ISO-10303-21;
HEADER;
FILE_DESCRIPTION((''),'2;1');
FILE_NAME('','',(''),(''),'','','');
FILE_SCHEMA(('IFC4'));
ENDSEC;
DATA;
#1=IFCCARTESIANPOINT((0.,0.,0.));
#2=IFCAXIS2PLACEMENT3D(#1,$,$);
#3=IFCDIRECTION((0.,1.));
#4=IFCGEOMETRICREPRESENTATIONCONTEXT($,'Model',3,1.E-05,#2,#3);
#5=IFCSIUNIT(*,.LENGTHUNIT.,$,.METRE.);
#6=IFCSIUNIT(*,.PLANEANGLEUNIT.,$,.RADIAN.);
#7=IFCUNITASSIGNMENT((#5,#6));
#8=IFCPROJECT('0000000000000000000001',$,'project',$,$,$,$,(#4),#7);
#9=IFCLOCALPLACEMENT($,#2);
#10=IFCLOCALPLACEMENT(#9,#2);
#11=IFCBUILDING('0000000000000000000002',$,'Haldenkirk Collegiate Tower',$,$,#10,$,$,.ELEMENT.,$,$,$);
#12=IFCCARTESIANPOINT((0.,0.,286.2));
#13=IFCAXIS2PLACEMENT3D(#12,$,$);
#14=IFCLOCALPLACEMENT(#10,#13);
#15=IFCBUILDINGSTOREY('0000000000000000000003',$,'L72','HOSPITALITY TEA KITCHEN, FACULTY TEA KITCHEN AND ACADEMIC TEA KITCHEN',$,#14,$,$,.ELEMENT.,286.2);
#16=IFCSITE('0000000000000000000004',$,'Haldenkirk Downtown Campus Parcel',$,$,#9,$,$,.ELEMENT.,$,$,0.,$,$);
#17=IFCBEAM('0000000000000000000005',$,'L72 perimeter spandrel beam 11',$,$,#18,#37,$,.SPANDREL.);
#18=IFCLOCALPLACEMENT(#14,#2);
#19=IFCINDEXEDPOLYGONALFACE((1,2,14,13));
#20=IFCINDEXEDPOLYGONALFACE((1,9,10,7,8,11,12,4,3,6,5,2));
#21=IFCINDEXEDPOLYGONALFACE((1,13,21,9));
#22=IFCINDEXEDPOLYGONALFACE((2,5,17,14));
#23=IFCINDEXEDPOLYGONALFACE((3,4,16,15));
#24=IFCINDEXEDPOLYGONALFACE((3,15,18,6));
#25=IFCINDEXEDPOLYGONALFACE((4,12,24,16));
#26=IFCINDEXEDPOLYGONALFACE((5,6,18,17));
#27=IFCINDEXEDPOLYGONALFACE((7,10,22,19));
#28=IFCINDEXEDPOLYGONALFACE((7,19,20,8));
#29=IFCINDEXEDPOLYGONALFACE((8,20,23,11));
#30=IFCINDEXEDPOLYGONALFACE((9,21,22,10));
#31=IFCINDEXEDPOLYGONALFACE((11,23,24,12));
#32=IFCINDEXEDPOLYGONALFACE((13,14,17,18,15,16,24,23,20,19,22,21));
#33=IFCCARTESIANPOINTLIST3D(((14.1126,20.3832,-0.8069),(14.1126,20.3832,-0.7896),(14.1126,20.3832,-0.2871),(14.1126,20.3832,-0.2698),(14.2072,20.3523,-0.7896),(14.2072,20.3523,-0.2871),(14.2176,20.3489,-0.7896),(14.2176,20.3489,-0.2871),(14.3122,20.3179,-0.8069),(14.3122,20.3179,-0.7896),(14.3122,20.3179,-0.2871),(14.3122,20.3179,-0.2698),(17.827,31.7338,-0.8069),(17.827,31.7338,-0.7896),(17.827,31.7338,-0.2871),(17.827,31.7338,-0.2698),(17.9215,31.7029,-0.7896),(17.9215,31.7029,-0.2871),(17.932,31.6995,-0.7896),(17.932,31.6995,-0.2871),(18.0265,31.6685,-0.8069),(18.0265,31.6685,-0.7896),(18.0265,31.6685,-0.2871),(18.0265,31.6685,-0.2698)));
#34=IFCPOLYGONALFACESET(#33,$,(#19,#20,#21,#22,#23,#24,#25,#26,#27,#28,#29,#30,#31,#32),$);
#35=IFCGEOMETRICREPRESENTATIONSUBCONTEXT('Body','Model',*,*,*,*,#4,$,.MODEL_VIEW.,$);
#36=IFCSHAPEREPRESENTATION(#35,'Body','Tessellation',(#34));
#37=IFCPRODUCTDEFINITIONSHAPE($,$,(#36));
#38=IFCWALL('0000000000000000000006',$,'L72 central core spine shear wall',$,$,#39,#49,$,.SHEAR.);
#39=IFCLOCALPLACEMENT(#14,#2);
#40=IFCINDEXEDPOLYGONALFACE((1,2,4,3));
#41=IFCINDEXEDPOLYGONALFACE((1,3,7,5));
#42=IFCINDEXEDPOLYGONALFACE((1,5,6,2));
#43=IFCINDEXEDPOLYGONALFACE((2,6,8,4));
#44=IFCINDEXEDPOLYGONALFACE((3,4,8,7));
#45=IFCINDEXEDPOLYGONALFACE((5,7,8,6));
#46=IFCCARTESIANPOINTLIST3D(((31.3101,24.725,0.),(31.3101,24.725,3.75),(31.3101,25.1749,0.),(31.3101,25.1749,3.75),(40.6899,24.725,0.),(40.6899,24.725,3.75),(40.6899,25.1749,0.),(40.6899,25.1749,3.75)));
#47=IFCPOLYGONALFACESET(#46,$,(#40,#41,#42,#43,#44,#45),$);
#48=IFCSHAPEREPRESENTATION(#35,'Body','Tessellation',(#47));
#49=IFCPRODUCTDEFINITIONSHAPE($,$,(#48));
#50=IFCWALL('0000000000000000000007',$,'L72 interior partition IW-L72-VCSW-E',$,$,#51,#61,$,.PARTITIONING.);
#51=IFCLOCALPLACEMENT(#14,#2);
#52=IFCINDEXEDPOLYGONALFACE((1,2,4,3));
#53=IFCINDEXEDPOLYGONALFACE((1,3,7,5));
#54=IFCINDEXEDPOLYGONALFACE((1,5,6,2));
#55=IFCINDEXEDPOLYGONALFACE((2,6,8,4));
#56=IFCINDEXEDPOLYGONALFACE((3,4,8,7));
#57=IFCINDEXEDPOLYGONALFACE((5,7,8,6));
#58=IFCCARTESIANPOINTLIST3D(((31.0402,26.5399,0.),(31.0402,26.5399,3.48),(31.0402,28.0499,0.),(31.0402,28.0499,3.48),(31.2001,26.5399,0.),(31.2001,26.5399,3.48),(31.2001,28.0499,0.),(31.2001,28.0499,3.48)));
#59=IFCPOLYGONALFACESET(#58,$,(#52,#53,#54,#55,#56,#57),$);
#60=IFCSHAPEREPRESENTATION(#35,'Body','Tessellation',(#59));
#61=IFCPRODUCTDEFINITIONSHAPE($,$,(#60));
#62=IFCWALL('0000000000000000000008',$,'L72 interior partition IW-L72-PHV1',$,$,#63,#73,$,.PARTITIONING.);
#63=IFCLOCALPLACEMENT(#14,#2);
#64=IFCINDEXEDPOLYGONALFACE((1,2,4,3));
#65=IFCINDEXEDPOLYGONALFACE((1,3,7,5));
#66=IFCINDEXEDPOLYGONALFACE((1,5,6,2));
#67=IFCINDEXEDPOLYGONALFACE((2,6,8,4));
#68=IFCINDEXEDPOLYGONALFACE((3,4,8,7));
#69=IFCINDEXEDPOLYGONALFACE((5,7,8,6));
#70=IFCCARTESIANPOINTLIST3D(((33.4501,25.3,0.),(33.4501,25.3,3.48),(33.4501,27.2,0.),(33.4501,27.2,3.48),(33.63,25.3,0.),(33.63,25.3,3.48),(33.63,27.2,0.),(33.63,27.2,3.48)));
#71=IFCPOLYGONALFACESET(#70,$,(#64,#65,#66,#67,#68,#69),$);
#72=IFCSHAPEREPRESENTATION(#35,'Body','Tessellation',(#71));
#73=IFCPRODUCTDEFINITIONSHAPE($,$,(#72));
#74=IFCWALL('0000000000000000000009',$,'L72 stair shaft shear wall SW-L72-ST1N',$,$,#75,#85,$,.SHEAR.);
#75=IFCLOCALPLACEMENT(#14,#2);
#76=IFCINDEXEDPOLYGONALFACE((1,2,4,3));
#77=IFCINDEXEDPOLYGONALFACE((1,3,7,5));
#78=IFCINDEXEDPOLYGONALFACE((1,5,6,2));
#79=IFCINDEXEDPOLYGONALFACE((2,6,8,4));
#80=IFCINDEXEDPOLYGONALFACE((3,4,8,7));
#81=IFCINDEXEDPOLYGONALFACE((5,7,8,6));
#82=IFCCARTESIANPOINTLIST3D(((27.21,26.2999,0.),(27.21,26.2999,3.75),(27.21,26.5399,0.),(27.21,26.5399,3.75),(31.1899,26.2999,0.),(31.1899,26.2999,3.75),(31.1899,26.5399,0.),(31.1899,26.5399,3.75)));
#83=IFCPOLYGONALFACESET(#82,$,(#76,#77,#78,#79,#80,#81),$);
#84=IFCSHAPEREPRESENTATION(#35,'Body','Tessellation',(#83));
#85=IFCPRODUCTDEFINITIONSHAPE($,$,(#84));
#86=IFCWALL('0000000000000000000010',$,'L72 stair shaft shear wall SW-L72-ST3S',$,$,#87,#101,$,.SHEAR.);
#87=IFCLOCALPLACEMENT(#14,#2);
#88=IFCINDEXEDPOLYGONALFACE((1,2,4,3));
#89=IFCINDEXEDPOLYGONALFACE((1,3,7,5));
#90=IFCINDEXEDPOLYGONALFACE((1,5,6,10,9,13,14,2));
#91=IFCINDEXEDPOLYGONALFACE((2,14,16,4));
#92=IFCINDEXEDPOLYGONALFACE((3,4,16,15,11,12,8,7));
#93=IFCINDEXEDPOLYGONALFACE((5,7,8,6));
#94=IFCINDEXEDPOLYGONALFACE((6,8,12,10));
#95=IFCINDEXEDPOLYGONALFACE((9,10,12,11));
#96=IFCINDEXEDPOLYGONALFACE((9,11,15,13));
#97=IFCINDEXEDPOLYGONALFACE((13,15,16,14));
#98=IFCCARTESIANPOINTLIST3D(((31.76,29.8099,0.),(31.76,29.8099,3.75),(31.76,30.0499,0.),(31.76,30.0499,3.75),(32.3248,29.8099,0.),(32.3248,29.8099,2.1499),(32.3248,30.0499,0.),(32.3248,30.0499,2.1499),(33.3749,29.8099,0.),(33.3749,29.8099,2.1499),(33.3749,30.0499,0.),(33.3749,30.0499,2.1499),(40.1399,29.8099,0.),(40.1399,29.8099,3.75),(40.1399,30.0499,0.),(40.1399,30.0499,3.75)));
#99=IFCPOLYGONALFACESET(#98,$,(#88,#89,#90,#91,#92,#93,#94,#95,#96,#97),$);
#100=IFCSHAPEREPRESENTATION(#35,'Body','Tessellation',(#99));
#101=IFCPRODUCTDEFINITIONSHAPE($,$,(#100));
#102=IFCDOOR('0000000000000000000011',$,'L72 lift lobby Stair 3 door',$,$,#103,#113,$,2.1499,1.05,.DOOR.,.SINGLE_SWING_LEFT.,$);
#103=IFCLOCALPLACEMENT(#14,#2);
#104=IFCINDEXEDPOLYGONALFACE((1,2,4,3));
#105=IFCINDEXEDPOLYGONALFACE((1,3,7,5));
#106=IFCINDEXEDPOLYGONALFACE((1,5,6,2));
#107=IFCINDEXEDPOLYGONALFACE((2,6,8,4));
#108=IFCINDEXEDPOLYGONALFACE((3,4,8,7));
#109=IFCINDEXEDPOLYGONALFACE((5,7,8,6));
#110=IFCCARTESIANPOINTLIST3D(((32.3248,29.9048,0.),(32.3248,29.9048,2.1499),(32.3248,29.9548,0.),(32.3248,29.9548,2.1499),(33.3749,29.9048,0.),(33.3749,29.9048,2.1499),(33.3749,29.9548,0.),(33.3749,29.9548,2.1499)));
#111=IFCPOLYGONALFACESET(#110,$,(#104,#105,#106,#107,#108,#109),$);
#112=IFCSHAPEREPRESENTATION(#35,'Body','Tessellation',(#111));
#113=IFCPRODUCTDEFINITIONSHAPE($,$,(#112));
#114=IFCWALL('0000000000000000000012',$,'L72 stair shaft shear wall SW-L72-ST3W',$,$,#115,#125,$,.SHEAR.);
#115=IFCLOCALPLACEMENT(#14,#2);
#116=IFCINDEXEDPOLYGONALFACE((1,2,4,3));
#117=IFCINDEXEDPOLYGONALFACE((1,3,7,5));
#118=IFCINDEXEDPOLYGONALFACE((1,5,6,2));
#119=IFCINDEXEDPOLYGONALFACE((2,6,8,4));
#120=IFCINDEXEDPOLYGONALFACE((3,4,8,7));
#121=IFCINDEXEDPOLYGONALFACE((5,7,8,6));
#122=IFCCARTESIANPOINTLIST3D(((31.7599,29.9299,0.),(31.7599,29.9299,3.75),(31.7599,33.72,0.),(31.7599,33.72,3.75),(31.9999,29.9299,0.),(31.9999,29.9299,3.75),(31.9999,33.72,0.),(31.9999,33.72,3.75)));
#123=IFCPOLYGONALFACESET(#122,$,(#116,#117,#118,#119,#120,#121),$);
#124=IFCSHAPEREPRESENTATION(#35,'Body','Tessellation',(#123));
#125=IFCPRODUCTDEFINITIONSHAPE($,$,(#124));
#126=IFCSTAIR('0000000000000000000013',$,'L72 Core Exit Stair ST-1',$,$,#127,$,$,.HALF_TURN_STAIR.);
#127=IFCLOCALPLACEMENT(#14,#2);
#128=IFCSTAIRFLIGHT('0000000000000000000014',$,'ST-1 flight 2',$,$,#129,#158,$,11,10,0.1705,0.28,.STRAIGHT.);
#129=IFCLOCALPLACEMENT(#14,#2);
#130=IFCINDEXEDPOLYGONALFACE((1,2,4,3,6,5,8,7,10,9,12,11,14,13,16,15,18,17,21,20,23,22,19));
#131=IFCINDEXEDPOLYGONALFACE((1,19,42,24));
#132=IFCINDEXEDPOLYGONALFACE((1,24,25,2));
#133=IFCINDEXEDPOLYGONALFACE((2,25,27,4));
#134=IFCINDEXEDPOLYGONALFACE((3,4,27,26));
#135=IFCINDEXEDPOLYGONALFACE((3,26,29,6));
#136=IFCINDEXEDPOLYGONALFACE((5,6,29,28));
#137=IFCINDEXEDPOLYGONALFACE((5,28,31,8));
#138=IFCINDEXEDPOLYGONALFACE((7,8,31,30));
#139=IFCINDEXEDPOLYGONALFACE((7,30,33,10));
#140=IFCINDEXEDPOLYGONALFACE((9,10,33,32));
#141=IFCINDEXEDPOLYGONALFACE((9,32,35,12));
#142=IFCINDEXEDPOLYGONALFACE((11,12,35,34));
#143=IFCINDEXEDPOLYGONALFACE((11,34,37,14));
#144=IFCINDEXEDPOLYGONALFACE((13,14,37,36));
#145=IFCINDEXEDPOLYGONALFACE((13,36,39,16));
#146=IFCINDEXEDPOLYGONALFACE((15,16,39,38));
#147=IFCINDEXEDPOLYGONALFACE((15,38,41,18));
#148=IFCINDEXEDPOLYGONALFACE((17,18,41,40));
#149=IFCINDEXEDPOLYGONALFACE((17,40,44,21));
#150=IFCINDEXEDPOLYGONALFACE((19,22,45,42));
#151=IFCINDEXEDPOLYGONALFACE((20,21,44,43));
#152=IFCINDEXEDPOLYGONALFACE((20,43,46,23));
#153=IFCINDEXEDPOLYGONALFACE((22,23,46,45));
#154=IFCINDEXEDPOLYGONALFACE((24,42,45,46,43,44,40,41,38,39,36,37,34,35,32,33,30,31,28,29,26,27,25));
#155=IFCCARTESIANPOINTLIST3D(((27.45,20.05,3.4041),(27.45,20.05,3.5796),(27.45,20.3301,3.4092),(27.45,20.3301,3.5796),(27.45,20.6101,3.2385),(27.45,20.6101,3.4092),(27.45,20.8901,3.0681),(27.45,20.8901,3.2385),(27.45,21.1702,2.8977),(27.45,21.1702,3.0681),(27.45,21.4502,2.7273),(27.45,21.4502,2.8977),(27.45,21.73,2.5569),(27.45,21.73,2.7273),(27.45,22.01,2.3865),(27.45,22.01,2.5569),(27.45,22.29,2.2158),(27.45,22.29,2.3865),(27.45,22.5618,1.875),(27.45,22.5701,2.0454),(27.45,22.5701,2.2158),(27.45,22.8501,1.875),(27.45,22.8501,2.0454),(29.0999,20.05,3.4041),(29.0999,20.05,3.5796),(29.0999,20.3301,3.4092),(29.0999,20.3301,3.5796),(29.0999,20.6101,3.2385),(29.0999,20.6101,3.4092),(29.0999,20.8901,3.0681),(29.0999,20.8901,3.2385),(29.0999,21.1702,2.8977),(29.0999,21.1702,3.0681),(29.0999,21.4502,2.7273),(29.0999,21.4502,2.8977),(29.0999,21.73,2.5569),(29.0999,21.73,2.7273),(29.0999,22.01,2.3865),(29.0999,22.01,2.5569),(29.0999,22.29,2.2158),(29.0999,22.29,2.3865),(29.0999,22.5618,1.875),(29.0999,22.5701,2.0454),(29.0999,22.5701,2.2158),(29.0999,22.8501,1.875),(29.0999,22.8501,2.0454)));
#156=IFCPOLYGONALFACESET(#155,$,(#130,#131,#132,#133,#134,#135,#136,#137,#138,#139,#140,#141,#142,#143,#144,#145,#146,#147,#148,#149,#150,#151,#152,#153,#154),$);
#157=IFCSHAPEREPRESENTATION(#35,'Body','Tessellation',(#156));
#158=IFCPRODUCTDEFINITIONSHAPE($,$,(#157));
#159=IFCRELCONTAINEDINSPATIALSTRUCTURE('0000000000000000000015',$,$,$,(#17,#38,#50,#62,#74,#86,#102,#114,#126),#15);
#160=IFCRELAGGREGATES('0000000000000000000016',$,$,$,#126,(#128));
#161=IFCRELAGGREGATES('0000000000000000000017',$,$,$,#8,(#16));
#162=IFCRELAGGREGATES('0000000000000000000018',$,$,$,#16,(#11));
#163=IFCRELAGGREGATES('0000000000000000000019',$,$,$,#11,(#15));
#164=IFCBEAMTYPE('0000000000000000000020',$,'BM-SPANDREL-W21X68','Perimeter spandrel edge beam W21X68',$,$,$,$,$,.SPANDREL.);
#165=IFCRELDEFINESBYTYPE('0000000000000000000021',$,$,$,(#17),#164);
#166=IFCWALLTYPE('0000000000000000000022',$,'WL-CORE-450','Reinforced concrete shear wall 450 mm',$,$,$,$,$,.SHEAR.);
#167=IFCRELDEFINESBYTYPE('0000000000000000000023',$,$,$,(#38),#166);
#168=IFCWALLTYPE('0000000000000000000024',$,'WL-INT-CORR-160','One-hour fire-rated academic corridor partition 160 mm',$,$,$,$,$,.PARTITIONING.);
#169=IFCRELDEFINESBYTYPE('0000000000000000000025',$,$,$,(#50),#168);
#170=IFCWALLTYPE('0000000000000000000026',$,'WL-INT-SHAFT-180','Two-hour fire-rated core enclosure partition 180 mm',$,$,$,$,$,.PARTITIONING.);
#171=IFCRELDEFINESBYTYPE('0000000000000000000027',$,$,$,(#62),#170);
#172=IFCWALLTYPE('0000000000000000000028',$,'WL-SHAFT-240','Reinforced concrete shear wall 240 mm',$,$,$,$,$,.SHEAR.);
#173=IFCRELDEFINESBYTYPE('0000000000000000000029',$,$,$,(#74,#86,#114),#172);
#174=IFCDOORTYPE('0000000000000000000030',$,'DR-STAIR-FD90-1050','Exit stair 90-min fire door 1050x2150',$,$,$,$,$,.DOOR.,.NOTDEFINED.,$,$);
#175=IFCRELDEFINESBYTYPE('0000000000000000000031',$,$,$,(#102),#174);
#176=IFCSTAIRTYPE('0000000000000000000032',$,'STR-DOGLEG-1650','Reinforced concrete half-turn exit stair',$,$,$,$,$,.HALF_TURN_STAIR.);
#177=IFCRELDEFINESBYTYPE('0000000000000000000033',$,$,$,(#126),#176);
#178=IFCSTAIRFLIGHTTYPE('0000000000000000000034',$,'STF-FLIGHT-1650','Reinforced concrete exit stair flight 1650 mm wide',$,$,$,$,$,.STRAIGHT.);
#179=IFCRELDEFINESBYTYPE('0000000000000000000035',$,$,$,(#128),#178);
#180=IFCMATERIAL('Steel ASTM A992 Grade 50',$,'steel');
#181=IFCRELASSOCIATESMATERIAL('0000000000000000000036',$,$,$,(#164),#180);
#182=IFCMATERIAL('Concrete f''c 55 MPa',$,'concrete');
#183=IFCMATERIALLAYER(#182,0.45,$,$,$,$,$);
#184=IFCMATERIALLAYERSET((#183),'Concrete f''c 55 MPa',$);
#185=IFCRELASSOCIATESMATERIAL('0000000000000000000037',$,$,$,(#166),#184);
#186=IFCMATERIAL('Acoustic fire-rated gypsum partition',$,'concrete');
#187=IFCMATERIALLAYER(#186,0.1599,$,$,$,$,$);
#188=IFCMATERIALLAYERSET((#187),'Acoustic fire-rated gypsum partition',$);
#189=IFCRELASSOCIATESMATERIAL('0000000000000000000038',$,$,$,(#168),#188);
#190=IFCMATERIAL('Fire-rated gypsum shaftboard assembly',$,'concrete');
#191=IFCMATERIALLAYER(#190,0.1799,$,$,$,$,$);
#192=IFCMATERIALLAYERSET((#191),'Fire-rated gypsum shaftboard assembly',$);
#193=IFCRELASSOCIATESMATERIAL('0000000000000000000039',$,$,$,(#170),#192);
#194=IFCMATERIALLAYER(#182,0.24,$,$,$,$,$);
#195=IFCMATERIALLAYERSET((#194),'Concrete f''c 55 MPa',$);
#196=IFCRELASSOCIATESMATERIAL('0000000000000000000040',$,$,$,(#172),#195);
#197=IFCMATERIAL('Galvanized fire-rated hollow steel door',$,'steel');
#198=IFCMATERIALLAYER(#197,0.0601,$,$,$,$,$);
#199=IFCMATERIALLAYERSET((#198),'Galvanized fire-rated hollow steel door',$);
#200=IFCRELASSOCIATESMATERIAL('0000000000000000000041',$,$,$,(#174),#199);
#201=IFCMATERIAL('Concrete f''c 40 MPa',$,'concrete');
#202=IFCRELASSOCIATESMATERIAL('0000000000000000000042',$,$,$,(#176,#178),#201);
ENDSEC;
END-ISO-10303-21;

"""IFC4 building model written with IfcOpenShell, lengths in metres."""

from ifc_helpers import new_model, si_unit, direction, frame, frame_2d, origin, origin_2d, place, context, subcontext, project, spatial, polyline, rectangle, i_section, outline, extrude, material, layer, layer_set, material_profile, profile_set, type_object, element, fill, aggregate, save


model = new_model("IFC4")

# Units and contexts
model_context = context("Model", 3, precision=1e-05, world=origin(), true_north=direction((0.0, 1.0)))
body_context = subcontext(model_context, "Body", "Model", "MODEL_VIEW")
ifc_project = project(units=[si_unit("LENGTHUNIT", "METRE"), si_unit("PLANEANGLEUNIT", "RADIAN")], contexts=[model_context])

# Site, building, storey
site_placement = place(None, origin())
site = spatial("IfcSite", under=ifc_project, at=site_placement, Name="Haldenkirk Downtown Campus Parcel", CompositionType="ELEMENT", RefElevation=0.0)
building_placement = place(site_placement, origin())
building = spatial("IfcBuilding", under=site, at=building_placement, Name="Haldenkirk Collegiate Tower", CompositionType="ELEMENT")
storey_placement = place(building_placement, frame((0.0, 0.0, 286.2)))
storey = spatial("IfcBuildingStorey", under=building, at=storey_placement, Name="L72", Description="HOSPITALITY TEA KITCHEN, FACULTY TEA KITCHEN AND ACADEMIC TEA KITCHEN", CompositionType="ELEMENT", Elevation=286.2)

# Beam
ifc_material_1 = material(Name="Steel ASTM A992 Grade 50", Category="steel")
ifc_material_profile = material_profile(ifc_material_1, i_section(OverallWidth=0.21, OverallDepth=0.5371, WebThickness=0.011, FlangeThickness=0.0173, at=origin_2d()), Name="W21X68")
ifc_profile_set = profile_set([ifc_material_profile], Name="Steel ASTM A992 Grade 50")
beam_type = type_object("IfcBeamType", Name="BM-SPANDREL-W21X68", Description="Perimeter spandrel edge beam W21X68", PredefinedType="SPANDREL", material=ifc_profile_set)
beam_placement = place(storey_placement, frame((17.9268, 31.7012, -0.5383), z_axis=(-0.31101, -0.950407, 0.0), x_axis=(0.950407, -0.31101, 0.0)))
element("IfcBeam", 1, at=beam_placement, inside=storey, type_object=beam_type, Name="L72 perimeter spandrel beam 11", PredefinedType="SPANDREL", context=body_context, shape_type="SweptSolid", body=[
    extrude(i_section(OverallWidth=0.21, OverallDepth=0.5371, WebThickness=0.011, FlangeThickness=0.0173, at=origin_2d()), origin(), (0.0, 0.0, 1.0), 11.9429),
])

# Wall
ifc_material_2 = material(Name="Concrete f'c 55 MPa", Category="concrete")
ifc_layer_1 = layer(ifc_material_2, 0.45)
ifc_layer_set_1 = layer_set([ifc_layer_1], Name="Concrete f'c 55 MPa")
wall_type_1 = type_object("IfcWallType", Name="WL-CORE-450", Description="Reinforced concrete shear wall 450 mm", PredefinedType="SHEAR", material=ifc_layer_set_1)
wall_1_placement = place(storey_placement, frame((31.3101, 24.95, 0.0), z_axis=(0.0, 0.0, 1.0), x_axis=(1.0, 0.0, 0.0)))
element("IfcWall", 2, at=wall_1_placement, inside=storey, type_object=wall_type_1, Name="L72 central core spine shear wall", PredefinedType="SHEAR", context=body_context, shape_type="SweptSolid", body=[
    extrude(rectangle(XDim=9.3799, YDim=0.45, at=frame_2d((4.6899, 0.0))), origin(), (0.0, 0.0, 1.0), 3.75),
])

# Shared definitions
ifc_material_3 = material(Name="Acoustic fire-rated gypsum partition", Category="concrete")
ifc_layer_2 = layer(ifc_material_3, 0.1599)
ifc_layer_set_2 = layer_set([ifc_layer_2], Name="Acoustic fire-rated gypsum partition")
wall_type_2 = type_object("IfcWallType", Name="WL-INT-CORR-160", Description="One-hour fire-rated academic corridor partition 160 mm", PredefinedType="PARTITIONING", material=ifc_layer_set_2)

# Wall
wall_2_placement = place(storey_placement, frame((31.1201, 26.54, 0.0), z_axis=(0.0, 0.0, 1.0), x_axis=(0.0, 1.0, 0.0)))
element("IfcWall", 3, at=wall_2_placement, inside=storey, type_object=wall_type_2, Name="L72 interior partition IW-L72-VCSW-E", PredefinedType="PARTITIONING", context=body_context, shape_type="SweptSolid", body=[
    extrude(rectangle(XDim=1.51, YDim=0.1599, at=frame_2d((0.7549, 0.0))), origin(), (0.0, 0.0, 1.0), 3.48),
])

# Shared definitions
ifc_material_4 = material(Name="Fire-rated gypsum shaftboard assembly", Category="concrete")
ifc_layer_3 = layer(ifc_material_4, 0.1799)
ifc_layer_set_3 = layer_set([ifc_layer_3], Name="Fire-rated gypsum shaftboard assembly")
wall_type_3 = type_object("IfcWallType", Name="WL-INT-SHAFT-180", Description="Two-hour fire-rated core enclosure partition 180 mm", PredefinedType="PARTITIONING", material=ifc_layer_set_3)

# Wall
wall_3_placement = place(storey_placement, frame((33.54, 25.3, 0.0), z_axis=(0.0, 0.0, 1.0), x_axis=(0.0, 1.0, 0.0)))
element("IfcWall", 4, at=wall_3_placement, inside=storey, type_object=wall_type_3, Name="L72 interior partition IW-L72-PHV1", PredefinedType="PARTITIONING", context=body_context, shape_type="SweptSolid", body=[
    extrude(rectangle(XDim=1.8999, YDim=0.1799, at=frame_2d((0.95, 0.0))), origin(), (0.0, 0.0, 1.0), 3.48),
])

# Shared definitions
ifc_material_5 = material(Name="Galvanized fire-rated hollow steel door", Category="steel")

# Wall
ifc_layer_4 = layer(ifc_material_2, 0.24)
ifc_layer_set_4 = layer_set([ifc_layer_4], Name="Concrete f'c 55 MPa")
wall_type_4 = type_object("IfcWallType", Name="WL-SHAFT-240", Description="Reinforced concrete shear wall 240 mm", PredefinedType="SHEAR", material=ifc_layer_set_4)
wall_4_placement = place(storey_placement, frame((27.21, 26.4199, 0.0), z_axis=(0.0, 0.0, 1.0), x_axis=(1.0, 0.0, 0.0)))
element("IfcWall", 5, at=wall_4_placement, inside=storey, type_object=wall_type_4, Name="L72 stair shaft shear wall SW-L72-ST1N", PredefinedType="SHEAR", context=body_context, shape_type="SweptSolid", body=[
    extrude(rectangle(XDim=3.98, YDim=0.24, at=frame_2d((1.99, 0.0))), origin(), (0.0, 0.0, 1.0), 3.75),
])

# Wall, opening, door
wall_5_placement = place(storey_placement, frame((31.76, 29.9299, 0.0), z_axis=(0.0, 0.0, 1.0), x_axis=(1.0, 0.0, 0.0)))
wall_5 = element("IfcWall", 6, at=wall_5_placement, inside=storey, type_object=wall_type_4, Name="L72 stair shaft shear wall SW-L72-ST3S", PredefinedType="SHEAR", context=body_context, shape_type="SweptSolid", body=[
    extrude(rectangle(XDim=8.3799, YDim=0.24, at=frame_2d((4.1899, 0.0))), origin(), (0.0, 0.0, 1.0), 3.75),
])
opening_1_placement = place(wall_5_placement, frame((0.5649, 0.0, 0.0)))
opening_1 = element("IfcOpeningElement", 7, at=opening_1_placement, cuts=wall_5, PredefinedType="OPENING", context=body_context, shape_type="SweptSolid", body=[
    extrude(rectangle(XDim=1.05, YDim=2.1499, at=frame_2d((0.5249, 1.075))), frame((0.0, 0.1299, 0.0), z_axis=(0.0, -1.0, 0.0), x_axis=(1.0, 0.0, 0.0)), (0.0, 0.0, 1.0), 0.26),
])
ifc_layer_5 = layer(ifc_material_5, 0.0601)
ifc_layer_set_5 = layer_set([ifc_layer_5], Name="Galvanized fire-rated hollow steel door")
door_type_1 = type_object("IfcDoorType", Name="DR-STAIR-FD90-1050", Description="Exit stair 90-min fire door 1050x2150", OperationType="NOTDEFINED", PredefinedType="DOOR", material=ifc_layer_set_5)
door_1_placement = place(opening_1_placement, origin())
door_1 = element("IfcDoor", 8, at=door_1_placement, inside=storey, type_object=door_type_1, Name="L72 lift lobby Stair 3 door", OperationType="SINGLE_SWING_LEFT", OverallHeight=2.1499, OverallWidth=1.05, PredefinedType="DOOR", context=body_context, shape_type="SweptSolid", body=[
    extrude(rectangle(XDim=1.05, YDim=2.1499, at=frame_2d((0.5249, 1.075))), frame((0.0, 0.0249, 0.0), z_axis=(0.0, -1.0, 0.0), x_axis=(1.0, 0.0, 0.0)), (0.0, 0.0, 1.0), 0.05),
])
fill(opening_1, door_1)

# Wall
wall_6_placement = place(storey_placement, frame((31.8799, 29.9299, 0.0), z_axis=(0.0, 0.0, 1.0), x_axis=(0.0, 1.0, 0.0)))
element("IfcWall", 9, at=wall_6_placement, inside=storey, type_object=wall_type_4, Name="L72 stair shaft shear wall SW-L72-ST3W", PredefinedType="SHEAR", context=body_context, shape_type="SweptSolid", body=[
    extrude(rectangle(XDim=3.79, YDim=0.24, at=frame_2d((1.895, 0.0))), origin(), (0.0, 0.0, 1.0), 3.75),
])

# Stair, stair flight
ifc_material_6 = material(Name="Concrete f'c 40 MPa", Category="concrete")
stair_type = type_object("IfcStairType", Name="STR-DOGLEG-1650", Description="Reinforced concrete half-turn exit stair", PredefinedType="HALF_TURN_STAIR", material=ifc_material_6)
stair_placement = place(storey_placement, origin())
stair = element("IfcStair", 10, at=stair_placement, inside=storey, type_object=stair_type, Name="L72 Core Exit Stair ST-1", PredefinedType="HALF_TURN_STAIR")
stair_flight_type = type_object("IfcStairFlightType", Name="STF-FLIGHT-1650", Description="Reinforced concrete exit stair flight 1650 mm wide", PredefinedType="STRAIGHT", material=ifc_material_6)
stair_flight_placement = place(storey_placement, frame((28.2749, 22.8501, 1.875), z_axis=(0.0, 0.0, 1.0), x_axis=(0.0, -1.0, 0.0)))
stair_flight = element("IfcStairFlight", 11, at=stair_flight_placement, type_object=stair_flight_type, Name="ST-1 flight 2", NumberOfRisers=11, NumberOfTreads=10, PredefinedType="STRAIGHT", RiserHeight=0.1705, TreadLength=0.28, context=body_context, shape_type="SweptSolid", body=[
    extrude(outline(polyline([(0.0, 0.0), (0.0, 0.1704), (0.28, 0.1704), (0.28, 0.3408), (0.5601, 0.3408), (0.5601, 0.5115), (0.8401, 0.5115), (0.8401, 0.6819), (1.1201, 0.6819), (1.1201, 0.8523), (1.3999, 0.8523), (1.3999, 1.0227), (1.6799, 1.0227), (1.6799, 1.1931), (1.96, 1.1931), (1.96, 1.3635), (2.24, 1.3635), (2.24, 1.5342), (2.52, 1.5342), (2.52, 1.7046), (2.8, 1.7046), (2.8, 1.875), (2.8, 1.5291), (0.2883, 0.0), (0.0, 0.0)])), frame((0.0, 0.825, 0.0), z_axis=(0.0, -1.0, 0.0), x_axis=(1.0, 0.0, 0.0)), (0.0, 0.0, 1.0), 1.6499),
])
aggregate(stair, [stair_flight])

save(model, "model.ifc")
